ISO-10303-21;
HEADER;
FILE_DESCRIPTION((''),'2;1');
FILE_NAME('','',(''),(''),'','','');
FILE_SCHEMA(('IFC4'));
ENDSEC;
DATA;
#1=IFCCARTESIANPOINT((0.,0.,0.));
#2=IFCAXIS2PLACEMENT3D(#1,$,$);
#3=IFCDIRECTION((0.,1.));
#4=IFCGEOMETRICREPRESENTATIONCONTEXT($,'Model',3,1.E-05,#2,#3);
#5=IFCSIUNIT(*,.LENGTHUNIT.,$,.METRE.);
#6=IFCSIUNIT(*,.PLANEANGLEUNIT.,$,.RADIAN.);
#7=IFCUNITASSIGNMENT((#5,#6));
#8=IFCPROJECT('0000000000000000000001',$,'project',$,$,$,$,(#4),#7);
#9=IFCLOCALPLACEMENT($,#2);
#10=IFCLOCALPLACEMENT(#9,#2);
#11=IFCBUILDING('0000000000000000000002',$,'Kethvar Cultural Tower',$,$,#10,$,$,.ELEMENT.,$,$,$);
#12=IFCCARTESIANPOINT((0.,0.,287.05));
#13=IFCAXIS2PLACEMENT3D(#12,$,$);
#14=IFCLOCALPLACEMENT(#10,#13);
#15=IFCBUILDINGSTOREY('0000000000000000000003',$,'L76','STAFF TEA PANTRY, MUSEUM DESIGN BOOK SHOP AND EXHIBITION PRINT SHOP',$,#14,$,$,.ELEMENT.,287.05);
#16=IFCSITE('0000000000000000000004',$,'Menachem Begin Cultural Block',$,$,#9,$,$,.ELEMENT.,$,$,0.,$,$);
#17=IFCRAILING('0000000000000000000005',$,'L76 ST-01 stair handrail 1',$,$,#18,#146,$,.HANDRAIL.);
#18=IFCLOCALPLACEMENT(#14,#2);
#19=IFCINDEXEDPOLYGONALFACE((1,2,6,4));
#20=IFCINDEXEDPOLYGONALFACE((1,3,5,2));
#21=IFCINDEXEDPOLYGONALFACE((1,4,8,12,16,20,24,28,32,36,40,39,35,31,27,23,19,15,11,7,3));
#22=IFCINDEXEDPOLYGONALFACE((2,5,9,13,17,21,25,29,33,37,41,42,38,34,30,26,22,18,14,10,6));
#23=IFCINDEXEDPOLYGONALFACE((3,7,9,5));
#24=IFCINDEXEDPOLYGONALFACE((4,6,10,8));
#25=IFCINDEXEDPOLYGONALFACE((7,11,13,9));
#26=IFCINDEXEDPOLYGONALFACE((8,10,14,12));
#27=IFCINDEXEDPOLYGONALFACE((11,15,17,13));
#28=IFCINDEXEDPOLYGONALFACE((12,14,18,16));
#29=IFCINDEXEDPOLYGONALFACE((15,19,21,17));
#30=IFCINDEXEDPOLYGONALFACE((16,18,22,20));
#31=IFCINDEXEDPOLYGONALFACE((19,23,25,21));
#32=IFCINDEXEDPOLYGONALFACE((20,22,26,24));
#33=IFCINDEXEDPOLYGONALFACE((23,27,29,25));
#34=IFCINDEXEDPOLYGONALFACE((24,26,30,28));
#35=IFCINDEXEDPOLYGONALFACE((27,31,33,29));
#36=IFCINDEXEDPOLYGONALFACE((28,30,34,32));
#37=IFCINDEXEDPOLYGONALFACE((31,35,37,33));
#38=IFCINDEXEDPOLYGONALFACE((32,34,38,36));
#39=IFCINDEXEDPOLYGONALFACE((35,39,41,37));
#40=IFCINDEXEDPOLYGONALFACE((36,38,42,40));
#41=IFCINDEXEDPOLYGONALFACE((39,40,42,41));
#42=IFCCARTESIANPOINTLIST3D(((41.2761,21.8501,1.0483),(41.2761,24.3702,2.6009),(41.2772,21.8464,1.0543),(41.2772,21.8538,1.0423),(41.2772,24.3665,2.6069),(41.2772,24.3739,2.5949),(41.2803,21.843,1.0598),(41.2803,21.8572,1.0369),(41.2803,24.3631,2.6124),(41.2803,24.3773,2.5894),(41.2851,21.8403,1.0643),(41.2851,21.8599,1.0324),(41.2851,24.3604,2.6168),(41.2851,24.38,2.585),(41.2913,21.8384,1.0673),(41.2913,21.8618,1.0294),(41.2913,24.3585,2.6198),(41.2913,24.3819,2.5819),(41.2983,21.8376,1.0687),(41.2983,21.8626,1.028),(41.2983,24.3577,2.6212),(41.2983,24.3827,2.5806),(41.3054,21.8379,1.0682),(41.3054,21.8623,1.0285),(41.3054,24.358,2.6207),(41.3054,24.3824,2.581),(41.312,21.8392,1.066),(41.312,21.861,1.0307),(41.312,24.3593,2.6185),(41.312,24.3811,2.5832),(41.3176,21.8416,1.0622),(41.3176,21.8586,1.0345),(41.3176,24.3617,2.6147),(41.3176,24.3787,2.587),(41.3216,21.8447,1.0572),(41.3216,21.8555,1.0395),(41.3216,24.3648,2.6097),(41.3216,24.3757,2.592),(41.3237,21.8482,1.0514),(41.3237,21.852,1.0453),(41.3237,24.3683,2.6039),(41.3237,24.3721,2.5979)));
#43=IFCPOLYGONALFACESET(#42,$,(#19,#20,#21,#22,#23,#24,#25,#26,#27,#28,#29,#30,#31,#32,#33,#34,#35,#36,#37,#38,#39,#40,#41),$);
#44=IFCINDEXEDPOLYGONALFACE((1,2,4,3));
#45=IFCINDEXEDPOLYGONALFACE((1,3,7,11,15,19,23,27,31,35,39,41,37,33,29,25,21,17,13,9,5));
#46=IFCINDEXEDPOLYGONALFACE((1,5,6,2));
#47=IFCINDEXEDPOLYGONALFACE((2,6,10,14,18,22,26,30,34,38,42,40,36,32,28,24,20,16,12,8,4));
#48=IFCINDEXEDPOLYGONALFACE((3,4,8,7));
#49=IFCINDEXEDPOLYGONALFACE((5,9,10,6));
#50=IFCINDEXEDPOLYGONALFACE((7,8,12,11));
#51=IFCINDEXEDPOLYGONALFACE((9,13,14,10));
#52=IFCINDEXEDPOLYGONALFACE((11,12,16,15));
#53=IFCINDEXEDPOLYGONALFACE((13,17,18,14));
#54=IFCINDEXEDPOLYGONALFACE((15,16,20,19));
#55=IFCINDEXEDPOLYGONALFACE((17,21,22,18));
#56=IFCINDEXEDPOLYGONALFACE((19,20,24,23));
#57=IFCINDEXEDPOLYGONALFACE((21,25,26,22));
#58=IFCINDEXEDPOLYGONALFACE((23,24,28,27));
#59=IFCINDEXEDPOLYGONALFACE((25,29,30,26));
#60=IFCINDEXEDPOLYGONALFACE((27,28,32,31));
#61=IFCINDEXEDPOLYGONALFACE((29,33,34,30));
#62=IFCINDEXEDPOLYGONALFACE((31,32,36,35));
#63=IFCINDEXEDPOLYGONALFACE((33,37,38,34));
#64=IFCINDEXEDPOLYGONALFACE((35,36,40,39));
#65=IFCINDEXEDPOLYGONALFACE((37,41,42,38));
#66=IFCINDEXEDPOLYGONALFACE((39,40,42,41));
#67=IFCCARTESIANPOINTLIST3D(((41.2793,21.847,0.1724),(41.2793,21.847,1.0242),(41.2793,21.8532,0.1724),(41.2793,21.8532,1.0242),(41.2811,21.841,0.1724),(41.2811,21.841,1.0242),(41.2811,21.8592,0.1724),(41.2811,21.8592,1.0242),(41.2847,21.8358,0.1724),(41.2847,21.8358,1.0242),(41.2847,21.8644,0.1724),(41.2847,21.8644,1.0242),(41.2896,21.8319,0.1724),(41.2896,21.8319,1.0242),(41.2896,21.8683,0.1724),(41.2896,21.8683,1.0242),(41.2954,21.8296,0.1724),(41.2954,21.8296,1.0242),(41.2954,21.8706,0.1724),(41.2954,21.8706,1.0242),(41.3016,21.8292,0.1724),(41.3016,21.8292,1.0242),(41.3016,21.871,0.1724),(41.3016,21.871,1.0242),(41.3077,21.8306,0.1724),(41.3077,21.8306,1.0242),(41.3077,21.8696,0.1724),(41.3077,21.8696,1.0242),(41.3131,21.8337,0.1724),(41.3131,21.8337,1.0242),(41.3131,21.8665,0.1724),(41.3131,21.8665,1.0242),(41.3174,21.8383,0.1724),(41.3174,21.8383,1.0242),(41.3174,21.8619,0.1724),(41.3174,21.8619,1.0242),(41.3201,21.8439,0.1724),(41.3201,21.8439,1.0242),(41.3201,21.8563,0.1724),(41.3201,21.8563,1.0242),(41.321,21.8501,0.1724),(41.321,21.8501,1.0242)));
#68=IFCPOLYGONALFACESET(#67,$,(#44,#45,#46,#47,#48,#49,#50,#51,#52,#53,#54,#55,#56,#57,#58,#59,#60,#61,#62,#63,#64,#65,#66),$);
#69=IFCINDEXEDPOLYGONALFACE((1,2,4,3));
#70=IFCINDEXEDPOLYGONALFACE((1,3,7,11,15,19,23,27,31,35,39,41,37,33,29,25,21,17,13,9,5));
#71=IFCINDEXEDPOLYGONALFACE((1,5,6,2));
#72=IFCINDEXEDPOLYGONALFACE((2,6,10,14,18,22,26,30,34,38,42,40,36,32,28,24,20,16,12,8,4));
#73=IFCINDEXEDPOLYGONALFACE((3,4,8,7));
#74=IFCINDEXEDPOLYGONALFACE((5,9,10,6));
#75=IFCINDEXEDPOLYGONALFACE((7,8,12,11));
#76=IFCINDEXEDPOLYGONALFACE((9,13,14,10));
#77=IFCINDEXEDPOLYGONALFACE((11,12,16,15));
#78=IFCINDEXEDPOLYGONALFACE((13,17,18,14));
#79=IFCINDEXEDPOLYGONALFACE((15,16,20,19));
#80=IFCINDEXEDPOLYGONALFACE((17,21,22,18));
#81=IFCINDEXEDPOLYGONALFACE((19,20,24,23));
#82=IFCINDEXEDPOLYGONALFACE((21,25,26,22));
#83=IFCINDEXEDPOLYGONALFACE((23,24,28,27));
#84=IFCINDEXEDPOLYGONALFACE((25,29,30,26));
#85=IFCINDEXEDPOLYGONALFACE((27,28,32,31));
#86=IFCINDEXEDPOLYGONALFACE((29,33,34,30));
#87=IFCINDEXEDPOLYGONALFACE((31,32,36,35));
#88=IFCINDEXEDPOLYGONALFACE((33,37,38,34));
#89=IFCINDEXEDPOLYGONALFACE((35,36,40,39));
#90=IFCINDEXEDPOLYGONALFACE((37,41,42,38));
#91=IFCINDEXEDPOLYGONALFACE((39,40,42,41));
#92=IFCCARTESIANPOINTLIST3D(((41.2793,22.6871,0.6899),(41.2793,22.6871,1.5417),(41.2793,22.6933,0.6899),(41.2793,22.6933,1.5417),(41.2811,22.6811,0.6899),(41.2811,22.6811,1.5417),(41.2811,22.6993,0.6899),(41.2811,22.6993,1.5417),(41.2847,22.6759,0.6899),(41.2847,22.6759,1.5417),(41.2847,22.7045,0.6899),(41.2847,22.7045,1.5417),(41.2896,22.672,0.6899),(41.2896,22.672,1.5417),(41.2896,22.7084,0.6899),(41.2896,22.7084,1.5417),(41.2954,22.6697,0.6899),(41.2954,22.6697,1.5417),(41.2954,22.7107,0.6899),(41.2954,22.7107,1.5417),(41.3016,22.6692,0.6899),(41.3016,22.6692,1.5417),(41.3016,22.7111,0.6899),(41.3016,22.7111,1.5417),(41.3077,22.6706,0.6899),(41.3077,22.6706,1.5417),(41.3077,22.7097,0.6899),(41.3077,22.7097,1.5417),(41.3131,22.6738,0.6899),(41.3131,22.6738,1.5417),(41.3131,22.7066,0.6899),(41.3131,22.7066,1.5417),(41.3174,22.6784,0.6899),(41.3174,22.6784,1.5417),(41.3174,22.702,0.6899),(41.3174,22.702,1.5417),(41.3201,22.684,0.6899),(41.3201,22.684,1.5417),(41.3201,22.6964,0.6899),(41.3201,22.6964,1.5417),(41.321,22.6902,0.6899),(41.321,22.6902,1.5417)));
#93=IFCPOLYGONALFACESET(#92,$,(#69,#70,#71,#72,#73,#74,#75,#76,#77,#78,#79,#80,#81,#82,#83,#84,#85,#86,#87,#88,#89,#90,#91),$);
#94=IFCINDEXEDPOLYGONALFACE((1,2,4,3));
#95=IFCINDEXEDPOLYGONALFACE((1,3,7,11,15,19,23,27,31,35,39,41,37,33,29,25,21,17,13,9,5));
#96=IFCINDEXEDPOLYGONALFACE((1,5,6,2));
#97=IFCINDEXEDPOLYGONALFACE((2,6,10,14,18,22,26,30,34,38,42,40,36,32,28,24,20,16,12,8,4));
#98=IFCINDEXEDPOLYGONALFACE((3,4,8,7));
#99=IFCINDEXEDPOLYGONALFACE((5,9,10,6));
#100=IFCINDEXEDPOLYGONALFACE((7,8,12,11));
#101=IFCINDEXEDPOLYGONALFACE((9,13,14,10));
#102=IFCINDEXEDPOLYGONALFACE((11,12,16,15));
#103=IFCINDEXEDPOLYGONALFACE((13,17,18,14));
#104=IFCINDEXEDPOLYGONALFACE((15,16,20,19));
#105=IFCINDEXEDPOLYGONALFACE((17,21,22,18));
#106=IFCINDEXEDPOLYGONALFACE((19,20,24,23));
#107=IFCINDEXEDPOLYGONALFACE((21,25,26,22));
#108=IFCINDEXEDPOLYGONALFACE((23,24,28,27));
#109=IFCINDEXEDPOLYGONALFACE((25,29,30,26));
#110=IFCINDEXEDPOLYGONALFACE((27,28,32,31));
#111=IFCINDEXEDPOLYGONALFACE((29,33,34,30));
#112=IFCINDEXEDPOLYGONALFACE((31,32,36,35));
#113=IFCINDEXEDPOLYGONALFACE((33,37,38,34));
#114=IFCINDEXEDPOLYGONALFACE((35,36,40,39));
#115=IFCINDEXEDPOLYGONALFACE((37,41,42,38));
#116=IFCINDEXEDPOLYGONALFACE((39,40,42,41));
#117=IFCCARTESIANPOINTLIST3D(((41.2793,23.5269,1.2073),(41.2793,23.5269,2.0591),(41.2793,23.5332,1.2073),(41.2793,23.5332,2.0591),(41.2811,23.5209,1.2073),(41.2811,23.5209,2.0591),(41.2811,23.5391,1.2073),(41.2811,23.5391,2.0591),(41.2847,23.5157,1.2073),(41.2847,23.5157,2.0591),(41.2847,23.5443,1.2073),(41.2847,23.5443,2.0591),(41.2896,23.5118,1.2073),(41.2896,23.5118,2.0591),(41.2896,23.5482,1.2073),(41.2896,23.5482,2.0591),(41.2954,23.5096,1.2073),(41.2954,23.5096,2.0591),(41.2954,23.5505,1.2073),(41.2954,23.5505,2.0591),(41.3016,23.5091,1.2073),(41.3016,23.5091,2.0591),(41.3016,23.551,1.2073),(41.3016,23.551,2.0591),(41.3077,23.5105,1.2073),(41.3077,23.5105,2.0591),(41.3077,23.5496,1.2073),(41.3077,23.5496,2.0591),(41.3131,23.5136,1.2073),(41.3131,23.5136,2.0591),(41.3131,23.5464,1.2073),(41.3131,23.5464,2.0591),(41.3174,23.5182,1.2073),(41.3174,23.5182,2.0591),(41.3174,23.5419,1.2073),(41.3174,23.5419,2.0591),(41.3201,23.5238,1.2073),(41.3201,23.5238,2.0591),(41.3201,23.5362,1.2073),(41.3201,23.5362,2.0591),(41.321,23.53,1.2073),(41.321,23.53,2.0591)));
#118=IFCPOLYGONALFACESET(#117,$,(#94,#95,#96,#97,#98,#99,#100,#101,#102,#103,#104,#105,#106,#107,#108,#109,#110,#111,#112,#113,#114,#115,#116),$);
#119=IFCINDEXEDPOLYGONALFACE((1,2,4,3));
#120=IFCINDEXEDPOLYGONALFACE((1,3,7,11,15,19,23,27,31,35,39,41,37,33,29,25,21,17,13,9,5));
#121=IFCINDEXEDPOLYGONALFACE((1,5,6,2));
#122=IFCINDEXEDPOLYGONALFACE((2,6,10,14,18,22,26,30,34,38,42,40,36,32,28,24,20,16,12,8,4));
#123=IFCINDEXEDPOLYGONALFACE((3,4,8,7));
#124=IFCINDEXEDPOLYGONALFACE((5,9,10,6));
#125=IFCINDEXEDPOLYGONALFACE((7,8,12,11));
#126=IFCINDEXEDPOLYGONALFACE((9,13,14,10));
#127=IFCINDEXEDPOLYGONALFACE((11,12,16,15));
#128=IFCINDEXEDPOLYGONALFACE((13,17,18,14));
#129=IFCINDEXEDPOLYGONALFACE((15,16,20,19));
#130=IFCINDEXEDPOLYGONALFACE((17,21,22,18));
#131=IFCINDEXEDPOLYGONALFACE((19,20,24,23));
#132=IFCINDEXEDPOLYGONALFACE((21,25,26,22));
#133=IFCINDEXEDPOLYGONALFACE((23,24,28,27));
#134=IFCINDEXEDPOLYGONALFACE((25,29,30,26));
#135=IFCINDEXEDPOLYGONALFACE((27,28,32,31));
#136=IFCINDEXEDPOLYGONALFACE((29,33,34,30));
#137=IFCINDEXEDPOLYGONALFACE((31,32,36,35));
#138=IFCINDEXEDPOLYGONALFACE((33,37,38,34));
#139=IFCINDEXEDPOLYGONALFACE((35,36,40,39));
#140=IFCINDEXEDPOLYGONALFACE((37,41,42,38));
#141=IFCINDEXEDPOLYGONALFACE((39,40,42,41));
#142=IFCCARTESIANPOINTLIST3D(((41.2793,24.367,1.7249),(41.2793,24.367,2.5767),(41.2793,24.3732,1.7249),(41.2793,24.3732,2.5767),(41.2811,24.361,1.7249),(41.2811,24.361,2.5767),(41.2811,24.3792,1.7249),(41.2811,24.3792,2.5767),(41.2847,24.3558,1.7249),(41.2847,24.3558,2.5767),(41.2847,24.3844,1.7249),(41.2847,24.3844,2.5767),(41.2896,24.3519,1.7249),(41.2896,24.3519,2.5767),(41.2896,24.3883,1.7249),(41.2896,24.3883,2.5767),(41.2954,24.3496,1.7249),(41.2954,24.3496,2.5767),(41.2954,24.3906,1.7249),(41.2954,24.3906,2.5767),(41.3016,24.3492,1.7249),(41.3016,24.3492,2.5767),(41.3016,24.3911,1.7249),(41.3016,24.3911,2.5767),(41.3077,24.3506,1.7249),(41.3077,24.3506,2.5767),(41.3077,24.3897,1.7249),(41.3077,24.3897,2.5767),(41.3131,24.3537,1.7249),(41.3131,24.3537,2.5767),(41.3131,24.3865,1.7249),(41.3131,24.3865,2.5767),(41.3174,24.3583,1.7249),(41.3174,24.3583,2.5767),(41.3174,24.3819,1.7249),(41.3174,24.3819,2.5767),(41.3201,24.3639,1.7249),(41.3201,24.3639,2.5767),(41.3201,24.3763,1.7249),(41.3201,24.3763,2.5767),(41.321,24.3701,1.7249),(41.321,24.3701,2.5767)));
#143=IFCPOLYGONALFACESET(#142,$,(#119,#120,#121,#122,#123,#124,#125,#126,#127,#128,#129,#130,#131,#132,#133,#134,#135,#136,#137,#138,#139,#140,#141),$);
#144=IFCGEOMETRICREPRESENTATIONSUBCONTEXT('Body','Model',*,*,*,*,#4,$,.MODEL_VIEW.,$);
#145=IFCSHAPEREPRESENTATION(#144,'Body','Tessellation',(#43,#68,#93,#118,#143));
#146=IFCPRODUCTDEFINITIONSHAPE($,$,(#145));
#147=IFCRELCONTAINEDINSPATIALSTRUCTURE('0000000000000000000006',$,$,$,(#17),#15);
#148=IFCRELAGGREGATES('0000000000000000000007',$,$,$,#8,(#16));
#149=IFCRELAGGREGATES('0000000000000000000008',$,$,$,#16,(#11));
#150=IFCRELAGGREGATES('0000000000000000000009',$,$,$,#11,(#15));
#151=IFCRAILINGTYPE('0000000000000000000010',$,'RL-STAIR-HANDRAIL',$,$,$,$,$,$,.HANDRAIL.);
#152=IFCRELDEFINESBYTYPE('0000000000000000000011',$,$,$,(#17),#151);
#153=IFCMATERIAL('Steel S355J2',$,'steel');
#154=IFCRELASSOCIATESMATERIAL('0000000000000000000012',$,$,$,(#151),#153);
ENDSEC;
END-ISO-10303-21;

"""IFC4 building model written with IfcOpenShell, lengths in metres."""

from ifc_helpers import new_model, si_unit, direction, frame, origin, origin_2d, place, context, subcontext, project, spatial, circle, extrude, material, type_object, element, save


model = new_model("IFC4")

# Units and contexts
model_context = context("Model", 3, precision=1e-05, world=origin(), true_north=direction((0.0, 1.0)))
body_context = subcontext(model_context, "Body", "Model", "MODEL_VIEW")
ifc_project = project(units=[si_unit("LENGTHUNIT", "METRE"), si_unit("PLANEANGLEUNIT", "RADIAN")], contexts=[model_context])

# Site, building, storey
site_placement = place(None, origin())
site = spatial("IfcSite", under=ifc_project, at=site_placement, Name="Menachem Begin Cultural Block", CompositionType="ELEMENT", RefElevation=0.0)
building_placement = place(site_placement, origin())
building = spatial("IfcBuilding", under=site, at=building_placement, Name="Kethvar Cultural Tower", CompositionType="ELEMENT")
storey_placement = place(building_placement, frame((0.0, 0.0, 287.05)))
storey = spatial("IfcBuildingStorey", under=building, at=storey_placement, Name="L76", Description="STAFF TEA PANTRY, MUSEUM DESIGN BOOK SHOP AND EXHIBITION PRINT SHOP", CompositionType="ELEMENT", Elevation=287.05)

# Shared definitions
ifc_material_1 = material(Name="Steel S355J2", Category="steel")

# Railing
railing_type_1 = type_object("IfcRailingType", Name="RL-STAIR-HANDRAIL", PredefinedType="HANDRAIL", material=ifc_material_1)
railing_1_placement = place(storey_placement, frame((41.3, 21.8501, 0.1724)))
element("IfcRailing", 1, at=railing_1_placement, inside=storey, type_object=railing_type_1, Name="L76 ST-01 stair handrail 1", PredefinedType="HANDRAIL", context=body_context, shape_type="SweptSolid", body=[
    extrude(circle(Radius=0.0239, at=origin_2d()), frame((0.0, 0.0, 0.876), z_axis=(0.0, 0.8514, 0.524516), x_axis=(-1.0, 0.0, 0.0)), (0.0, 0.0, 1.0), 2.96),
    extrude(circle(Radius=0.021, at=origin_2d()), origin(), (0.0, 0.0, 1.0), 0.8518),
    extrude(circle(Radius=0.021, at=origin_2d()), frame((0.0, 0.8401, 0.5176)), (0.0, 0.0, 1.0), 0.8518),
    extrude(circle(Radius=0.021, at=origin_2d()), frame((0.0, 1.6799, 1.0349)), (0.0, 0.0, 1.0), 0.8518),
    extrude(circle(Radius=0.021, at=origin_2d()), frame((0.0, 2.52, 1.5525)), (0.0, 0.0, 1.0), 0.8518),
])

save(model, "model.ifc")
